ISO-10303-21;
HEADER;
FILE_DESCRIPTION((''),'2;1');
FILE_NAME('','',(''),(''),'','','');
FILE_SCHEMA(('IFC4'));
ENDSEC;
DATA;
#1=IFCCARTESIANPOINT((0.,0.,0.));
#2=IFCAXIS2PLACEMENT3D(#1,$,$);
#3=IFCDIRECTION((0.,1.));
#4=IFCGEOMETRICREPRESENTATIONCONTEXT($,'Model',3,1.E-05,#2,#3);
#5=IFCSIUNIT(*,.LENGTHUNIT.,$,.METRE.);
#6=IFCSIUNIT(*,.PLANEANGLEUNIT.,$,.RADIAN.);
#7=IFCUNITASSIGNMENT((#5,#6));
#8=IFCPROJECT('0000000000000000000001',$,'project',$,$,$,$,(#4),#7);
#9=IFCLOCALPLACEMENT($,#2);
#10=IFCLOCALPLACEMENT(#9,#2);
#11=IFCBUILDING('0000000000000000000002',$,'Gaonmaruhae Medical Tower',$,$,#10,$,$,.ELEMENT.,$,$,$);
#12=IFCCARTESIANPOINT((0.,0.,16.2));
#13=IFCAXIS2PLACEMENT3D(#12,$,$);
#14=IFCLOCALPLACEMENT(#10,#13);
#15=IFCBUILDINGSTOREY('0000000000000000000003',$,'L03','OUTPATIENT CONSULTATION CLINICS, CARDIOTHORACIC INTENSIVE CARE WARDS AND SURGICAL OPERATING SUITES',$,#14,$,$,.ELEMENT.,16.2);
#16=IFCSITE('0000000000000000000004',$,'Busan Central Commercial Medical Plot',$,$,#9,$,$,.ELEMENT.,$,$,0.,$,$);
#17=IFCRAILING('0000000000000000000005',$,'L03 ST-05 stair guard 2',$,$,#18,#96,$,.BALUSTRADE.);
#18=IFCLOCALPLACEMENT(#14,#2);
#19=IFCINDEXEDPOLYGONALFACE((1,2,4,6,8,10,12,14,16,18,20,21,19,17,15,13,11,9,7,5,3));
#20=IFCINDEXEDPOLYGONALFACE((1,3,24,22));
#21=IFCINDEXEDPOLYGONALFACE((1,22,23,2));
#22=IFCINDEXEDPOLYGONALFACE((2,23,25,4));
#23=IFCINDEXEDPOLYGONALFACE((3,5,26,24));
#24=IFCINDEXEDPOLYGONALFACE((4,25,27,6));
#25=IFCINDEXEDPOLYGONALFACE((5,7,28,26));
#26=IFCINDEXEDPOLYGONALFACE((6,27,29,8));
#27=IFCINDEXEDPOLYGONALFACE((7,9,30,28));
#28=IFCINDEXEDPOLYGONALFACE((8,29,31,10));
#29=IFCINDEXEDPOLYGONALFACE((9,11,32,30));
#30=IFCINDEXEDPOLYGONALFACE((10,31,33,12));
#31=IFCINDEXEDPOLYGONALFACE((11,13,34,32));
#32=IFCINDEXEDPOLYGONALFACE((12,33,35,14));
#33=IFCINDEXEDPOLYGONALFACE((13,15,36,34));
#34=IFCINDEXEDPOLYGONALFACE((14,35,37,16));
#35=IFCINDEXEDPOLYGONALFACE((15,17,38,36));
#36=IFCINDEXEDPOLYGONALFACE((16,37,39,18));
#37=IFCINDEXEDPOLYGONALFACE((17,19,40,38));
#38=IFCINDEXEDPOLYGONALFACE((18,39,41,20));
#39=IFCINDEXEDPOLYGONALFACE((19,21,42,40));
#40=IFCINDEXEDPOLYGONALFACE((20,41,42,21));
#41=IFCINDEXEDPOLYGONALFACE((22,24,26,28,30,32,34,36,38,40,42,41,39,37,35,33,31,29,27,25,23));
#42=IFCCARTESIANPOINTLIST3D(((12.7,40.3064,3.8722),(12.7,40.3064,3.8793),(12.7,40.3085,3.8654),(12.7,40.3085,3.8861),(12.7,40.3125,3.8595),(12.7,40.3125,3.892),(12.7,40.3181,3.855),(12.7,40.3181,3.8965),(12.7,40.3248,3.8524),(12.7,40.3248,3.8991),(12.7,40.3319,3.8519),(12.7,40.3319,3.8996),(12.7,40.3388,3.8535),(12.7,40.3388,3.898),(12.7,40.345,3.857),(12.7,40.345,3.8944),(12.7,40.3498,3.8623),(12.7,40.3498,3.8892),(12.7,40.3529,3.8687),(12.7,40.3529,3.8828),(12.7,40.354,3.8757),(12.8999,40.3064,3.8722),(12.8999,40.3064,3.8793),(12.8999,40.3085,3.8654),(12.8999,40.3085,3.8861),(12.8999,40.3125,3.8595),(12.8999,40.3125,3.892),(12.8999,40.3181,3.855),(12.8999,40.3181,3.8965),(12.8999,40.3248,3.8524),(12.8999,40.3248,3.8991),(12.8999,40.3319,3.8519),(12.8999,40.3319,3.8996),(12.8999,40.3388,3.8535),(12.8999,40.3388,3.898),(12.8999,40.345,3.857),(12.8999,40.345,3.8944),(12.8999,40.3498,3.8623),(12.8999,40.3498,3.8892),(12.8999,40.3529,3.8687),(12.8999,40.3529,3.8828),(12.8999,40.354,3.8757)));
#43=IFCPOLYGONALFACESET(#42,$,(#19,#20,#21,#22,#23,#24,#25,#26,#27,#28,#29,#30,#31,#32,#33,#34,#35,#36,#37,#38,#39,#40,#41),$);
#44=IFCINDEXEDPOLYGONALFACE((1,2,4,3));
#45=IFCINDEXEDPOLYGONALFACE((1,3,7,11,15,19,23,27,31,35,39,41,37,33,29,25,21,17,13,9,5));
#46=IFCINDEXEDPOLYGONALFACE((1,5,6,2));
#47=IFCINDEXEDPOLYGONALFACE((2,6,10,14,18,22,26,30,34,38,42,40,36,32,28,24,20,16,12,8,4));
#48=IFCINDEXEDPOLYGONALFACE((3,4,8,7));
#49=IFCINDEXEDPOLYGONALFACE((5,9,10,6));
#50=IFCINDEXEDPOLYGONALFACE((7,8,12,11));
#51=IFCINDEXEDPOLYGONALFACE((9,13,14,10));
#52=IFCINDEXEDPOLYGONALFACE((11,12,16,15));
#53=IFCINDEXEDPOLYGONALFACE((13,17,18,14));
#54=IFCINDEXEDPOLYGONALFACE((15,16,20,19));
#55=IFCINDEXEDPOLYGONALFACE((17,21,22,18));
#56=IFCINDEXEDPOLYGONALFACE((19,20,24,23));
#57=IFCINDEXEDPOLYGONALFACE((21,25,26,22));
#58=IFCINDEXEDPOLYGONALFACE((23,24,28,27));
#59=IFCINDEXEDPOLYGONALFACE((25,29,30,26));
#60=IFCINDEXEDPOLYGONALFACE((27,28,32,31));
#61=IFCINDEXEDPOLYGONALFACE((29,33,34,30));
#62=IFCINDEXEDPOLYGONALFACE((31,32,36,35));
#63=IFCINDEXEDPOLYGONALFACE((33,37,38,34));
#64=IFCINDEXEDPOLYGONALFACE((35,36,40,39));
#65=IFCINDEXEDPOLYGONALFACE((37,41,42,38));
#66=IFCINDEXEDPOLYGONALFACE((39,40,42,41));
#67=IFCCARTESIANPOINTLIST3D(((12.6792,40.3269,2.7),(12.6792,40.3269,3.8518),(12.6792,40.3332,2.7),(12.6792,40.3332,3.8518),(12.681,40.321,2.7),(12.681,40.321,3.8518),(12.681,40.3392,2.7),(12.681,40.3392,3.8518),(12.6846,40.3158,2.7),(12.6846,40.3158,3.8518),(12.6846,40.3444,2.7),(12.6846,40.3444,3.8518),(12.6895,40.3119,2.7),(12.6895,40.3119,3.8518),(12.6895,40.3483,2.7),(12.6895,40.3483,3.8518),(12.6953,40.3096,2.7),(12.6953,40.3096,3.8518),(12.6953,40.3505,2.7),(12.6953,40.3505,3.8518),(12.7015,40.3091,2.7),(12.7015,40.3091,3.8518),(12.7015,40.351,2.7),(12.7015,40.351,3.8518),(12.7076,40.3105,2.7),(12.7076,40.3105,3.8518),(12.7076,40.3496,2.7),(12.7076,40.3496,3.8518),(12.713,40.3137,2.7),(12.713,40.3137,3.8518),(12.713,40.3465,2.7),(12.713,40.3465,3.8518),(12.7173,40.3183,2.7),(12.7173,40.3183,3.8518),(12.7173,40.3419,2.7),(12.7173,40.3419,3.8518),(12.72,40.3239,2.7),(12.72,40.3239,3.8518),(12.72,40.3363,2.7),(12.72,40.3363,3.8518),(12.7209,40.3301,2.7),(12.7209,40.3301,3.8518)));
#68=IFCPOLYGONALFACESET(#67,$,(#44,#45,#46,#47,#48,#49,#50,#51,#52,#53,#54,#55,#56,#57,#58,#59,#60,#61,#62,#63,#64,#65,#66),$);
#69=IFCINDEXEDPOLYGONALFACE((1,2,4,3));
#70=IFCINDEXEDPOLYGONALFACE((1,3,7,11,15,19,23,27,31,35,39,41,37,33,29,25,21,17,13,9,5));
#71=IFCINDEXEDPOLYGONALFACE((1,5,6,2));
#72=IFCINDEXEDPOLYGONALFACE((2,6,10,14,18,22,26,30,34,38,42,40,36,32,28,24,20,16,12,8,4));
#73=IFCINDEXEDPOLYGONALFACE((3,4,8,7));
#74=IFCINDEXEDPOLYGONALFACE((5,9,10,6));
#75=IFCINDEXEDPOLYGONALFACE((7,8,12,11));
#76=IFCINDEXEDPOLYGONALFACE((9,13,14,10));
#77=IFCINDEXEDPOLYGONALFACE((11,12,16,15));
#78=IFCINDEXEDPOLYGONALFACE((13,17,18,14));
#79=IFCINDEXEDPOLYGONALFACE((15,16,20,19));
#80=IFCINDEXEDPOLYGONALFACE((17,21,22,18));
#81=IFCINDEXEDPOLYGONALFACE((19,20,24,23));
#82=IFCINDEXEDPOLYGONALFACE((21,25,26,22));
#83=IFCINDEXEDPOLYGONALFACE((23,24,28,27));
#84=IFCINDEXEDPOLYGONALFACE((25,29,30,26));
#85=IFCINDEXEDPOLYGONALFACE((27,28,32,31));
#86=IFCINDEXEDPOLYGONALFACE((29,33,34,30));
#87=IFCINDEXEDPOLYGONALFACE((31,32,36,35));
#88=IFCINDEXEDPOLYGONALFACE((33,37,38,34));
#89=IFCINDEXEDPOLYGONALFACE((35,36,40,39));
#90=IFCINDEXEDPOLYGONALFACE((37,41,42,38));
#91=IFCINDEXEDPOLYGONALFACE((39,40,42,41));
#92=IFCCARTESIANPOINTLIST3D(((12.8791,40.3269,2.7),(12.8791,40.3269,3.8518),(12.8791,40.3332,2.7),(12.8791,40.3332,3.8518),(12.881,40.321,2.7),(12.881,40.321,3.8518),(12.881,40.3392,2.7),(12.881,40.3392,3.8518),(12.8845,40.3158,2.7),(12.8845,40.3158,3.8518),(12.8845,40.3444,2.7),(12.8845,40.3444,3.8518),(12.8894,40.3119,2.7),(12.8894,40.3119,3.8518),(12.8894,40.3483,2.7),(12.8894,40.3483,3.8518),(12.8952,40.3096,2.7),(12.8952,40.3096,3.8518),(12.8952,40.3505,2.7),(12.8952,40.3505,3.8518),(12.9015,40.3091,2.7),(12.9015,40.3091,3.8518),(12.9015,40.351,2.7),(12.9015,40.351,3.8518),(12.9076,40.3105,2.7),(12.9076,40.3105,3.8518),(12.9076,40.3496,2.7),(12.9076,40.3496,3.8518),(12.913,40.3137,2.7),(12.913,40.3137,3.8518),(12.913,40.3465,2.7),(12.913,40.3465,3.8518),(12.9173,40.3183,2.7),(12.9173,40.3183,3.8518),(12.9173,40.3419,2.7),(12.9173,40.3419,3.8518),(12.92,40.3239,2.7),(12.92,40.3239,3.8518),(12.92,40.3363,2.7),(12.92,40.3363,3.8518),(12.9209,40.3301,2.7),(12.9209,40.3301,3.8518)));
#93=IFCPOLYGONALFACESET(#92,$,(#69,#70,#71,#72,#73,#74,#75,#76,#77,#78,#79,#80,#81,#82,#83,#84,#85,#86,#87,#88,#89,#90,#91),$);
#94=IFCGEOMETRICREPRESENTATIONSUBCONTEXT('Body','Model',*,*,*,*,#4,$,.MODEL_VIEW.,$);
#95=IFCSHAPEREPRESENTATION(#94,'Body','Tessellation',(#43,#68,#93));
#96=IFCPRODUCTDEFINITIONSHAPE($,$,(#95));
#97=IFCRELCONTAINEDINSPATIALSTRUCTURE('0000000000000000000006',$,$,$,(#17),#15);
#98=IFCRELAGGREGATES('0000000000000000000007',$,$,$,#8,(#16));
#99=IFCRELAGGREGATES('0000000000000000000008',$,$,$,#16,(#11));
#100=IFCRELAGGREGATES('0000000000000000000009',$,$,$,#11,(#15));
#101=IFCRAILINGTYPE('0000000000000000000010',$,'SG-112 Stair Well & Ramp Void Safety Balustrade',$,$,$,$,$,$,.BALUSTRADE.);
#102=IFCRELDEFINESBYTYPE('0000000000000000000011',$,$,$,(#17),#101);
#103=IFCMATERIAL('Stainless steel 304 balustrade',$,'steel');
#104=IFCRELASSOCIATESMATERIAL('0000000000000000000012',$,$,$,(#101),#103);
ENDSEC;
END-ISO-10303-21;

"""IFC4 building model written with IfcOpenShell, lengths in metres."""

from ifc_helpers import new_model, si_unit, direction, frame, origin, origin_2d, place, context, subcontext, project, spatial, circle, extrude, material, type_object, element, save


model = new_model("IFC4")

# Units and contexts
model_context = context("Model", 3, precision=1e-05, world=origin(), true_north=direction((0.0, 1.0)))
body_context = subcontext(model_context, "Body", "Model", "MODEL_VIEW")
ifc_project = project(units=[si_unit("LENGTHUNIT", "METRE"), si_unit("PLANEANGLEUNIT", "RADIAN")], contexts=[model_context])

# Site, building, storey
site_placement = place(None, origin())
site = spatial("IfcSite", under=ifc_project, at=site_placement, Name="Busan Central Commercial Medical Plot", CompositionType="ELEMENT", RefElevation=0.0)
building_placement = place(site_placement, origin())
building = spatial("IfcBuilding", under=site, at=building_placement, Name="Gaonmaruhae Medical Tower", CompositionType="ELEMENT")
storey_placement = place(building_placement, frame((0.0, 0.0, 16.2)))
storey = spatial("IfcBuildingStorey", under=building, at=storey_placement, Name="L03", Description="OUTPATIENT CONSULTATION CLINICS, CARDIOTHORACIC INTENSIVE CARE WARDS AND SURGICAL OPERATING SUITES", CompositionType="ELEMENT", Elevation=16.2)

# Railing
ifc_material_1 = material(Name="Stainless steel 304 balustrade", Category="steel")
railing_type_1 = type_object("IfcRailingType", Name="SG-112 Stair Well & Ramp Void Safety Balustrade", PredefinedType="BALUSTRADE", material=ifc_material_1)
railing_1_placement = place(storey_placement, frame((12.7, 40.3301, 2.7)))
element("IfcRailing", 1, at=railing_1_placement, inside=storey, type_object=railing_type_1, Name="L03 ST-05 stair guard 2", PredefinedType="BALUSTRADE", context=body_context, shape_type="SweptSolid", body=[
    extrude(circle(Radius=0.0239, at=origin_2d()), frame((0.0, 0.0, 1.1758), z_axis=(1.0, 0.0, 0.0), x_axis=(0.0, 1.0, 0.0)), (0.0, 0.0, 1.0), 0.2),
    extrude(circle(Radius=0.021, at=origin_2d()), origin(), (0.0, 0.0, 1.0), 1.1519),
    extrude(circle(Radius=0.021, at=origin_2d()), frame((0.2, 0.0, 0.0)), (0.0, 0.0, 1.0), 1.1519),
])

save(model, "model.ifc")
